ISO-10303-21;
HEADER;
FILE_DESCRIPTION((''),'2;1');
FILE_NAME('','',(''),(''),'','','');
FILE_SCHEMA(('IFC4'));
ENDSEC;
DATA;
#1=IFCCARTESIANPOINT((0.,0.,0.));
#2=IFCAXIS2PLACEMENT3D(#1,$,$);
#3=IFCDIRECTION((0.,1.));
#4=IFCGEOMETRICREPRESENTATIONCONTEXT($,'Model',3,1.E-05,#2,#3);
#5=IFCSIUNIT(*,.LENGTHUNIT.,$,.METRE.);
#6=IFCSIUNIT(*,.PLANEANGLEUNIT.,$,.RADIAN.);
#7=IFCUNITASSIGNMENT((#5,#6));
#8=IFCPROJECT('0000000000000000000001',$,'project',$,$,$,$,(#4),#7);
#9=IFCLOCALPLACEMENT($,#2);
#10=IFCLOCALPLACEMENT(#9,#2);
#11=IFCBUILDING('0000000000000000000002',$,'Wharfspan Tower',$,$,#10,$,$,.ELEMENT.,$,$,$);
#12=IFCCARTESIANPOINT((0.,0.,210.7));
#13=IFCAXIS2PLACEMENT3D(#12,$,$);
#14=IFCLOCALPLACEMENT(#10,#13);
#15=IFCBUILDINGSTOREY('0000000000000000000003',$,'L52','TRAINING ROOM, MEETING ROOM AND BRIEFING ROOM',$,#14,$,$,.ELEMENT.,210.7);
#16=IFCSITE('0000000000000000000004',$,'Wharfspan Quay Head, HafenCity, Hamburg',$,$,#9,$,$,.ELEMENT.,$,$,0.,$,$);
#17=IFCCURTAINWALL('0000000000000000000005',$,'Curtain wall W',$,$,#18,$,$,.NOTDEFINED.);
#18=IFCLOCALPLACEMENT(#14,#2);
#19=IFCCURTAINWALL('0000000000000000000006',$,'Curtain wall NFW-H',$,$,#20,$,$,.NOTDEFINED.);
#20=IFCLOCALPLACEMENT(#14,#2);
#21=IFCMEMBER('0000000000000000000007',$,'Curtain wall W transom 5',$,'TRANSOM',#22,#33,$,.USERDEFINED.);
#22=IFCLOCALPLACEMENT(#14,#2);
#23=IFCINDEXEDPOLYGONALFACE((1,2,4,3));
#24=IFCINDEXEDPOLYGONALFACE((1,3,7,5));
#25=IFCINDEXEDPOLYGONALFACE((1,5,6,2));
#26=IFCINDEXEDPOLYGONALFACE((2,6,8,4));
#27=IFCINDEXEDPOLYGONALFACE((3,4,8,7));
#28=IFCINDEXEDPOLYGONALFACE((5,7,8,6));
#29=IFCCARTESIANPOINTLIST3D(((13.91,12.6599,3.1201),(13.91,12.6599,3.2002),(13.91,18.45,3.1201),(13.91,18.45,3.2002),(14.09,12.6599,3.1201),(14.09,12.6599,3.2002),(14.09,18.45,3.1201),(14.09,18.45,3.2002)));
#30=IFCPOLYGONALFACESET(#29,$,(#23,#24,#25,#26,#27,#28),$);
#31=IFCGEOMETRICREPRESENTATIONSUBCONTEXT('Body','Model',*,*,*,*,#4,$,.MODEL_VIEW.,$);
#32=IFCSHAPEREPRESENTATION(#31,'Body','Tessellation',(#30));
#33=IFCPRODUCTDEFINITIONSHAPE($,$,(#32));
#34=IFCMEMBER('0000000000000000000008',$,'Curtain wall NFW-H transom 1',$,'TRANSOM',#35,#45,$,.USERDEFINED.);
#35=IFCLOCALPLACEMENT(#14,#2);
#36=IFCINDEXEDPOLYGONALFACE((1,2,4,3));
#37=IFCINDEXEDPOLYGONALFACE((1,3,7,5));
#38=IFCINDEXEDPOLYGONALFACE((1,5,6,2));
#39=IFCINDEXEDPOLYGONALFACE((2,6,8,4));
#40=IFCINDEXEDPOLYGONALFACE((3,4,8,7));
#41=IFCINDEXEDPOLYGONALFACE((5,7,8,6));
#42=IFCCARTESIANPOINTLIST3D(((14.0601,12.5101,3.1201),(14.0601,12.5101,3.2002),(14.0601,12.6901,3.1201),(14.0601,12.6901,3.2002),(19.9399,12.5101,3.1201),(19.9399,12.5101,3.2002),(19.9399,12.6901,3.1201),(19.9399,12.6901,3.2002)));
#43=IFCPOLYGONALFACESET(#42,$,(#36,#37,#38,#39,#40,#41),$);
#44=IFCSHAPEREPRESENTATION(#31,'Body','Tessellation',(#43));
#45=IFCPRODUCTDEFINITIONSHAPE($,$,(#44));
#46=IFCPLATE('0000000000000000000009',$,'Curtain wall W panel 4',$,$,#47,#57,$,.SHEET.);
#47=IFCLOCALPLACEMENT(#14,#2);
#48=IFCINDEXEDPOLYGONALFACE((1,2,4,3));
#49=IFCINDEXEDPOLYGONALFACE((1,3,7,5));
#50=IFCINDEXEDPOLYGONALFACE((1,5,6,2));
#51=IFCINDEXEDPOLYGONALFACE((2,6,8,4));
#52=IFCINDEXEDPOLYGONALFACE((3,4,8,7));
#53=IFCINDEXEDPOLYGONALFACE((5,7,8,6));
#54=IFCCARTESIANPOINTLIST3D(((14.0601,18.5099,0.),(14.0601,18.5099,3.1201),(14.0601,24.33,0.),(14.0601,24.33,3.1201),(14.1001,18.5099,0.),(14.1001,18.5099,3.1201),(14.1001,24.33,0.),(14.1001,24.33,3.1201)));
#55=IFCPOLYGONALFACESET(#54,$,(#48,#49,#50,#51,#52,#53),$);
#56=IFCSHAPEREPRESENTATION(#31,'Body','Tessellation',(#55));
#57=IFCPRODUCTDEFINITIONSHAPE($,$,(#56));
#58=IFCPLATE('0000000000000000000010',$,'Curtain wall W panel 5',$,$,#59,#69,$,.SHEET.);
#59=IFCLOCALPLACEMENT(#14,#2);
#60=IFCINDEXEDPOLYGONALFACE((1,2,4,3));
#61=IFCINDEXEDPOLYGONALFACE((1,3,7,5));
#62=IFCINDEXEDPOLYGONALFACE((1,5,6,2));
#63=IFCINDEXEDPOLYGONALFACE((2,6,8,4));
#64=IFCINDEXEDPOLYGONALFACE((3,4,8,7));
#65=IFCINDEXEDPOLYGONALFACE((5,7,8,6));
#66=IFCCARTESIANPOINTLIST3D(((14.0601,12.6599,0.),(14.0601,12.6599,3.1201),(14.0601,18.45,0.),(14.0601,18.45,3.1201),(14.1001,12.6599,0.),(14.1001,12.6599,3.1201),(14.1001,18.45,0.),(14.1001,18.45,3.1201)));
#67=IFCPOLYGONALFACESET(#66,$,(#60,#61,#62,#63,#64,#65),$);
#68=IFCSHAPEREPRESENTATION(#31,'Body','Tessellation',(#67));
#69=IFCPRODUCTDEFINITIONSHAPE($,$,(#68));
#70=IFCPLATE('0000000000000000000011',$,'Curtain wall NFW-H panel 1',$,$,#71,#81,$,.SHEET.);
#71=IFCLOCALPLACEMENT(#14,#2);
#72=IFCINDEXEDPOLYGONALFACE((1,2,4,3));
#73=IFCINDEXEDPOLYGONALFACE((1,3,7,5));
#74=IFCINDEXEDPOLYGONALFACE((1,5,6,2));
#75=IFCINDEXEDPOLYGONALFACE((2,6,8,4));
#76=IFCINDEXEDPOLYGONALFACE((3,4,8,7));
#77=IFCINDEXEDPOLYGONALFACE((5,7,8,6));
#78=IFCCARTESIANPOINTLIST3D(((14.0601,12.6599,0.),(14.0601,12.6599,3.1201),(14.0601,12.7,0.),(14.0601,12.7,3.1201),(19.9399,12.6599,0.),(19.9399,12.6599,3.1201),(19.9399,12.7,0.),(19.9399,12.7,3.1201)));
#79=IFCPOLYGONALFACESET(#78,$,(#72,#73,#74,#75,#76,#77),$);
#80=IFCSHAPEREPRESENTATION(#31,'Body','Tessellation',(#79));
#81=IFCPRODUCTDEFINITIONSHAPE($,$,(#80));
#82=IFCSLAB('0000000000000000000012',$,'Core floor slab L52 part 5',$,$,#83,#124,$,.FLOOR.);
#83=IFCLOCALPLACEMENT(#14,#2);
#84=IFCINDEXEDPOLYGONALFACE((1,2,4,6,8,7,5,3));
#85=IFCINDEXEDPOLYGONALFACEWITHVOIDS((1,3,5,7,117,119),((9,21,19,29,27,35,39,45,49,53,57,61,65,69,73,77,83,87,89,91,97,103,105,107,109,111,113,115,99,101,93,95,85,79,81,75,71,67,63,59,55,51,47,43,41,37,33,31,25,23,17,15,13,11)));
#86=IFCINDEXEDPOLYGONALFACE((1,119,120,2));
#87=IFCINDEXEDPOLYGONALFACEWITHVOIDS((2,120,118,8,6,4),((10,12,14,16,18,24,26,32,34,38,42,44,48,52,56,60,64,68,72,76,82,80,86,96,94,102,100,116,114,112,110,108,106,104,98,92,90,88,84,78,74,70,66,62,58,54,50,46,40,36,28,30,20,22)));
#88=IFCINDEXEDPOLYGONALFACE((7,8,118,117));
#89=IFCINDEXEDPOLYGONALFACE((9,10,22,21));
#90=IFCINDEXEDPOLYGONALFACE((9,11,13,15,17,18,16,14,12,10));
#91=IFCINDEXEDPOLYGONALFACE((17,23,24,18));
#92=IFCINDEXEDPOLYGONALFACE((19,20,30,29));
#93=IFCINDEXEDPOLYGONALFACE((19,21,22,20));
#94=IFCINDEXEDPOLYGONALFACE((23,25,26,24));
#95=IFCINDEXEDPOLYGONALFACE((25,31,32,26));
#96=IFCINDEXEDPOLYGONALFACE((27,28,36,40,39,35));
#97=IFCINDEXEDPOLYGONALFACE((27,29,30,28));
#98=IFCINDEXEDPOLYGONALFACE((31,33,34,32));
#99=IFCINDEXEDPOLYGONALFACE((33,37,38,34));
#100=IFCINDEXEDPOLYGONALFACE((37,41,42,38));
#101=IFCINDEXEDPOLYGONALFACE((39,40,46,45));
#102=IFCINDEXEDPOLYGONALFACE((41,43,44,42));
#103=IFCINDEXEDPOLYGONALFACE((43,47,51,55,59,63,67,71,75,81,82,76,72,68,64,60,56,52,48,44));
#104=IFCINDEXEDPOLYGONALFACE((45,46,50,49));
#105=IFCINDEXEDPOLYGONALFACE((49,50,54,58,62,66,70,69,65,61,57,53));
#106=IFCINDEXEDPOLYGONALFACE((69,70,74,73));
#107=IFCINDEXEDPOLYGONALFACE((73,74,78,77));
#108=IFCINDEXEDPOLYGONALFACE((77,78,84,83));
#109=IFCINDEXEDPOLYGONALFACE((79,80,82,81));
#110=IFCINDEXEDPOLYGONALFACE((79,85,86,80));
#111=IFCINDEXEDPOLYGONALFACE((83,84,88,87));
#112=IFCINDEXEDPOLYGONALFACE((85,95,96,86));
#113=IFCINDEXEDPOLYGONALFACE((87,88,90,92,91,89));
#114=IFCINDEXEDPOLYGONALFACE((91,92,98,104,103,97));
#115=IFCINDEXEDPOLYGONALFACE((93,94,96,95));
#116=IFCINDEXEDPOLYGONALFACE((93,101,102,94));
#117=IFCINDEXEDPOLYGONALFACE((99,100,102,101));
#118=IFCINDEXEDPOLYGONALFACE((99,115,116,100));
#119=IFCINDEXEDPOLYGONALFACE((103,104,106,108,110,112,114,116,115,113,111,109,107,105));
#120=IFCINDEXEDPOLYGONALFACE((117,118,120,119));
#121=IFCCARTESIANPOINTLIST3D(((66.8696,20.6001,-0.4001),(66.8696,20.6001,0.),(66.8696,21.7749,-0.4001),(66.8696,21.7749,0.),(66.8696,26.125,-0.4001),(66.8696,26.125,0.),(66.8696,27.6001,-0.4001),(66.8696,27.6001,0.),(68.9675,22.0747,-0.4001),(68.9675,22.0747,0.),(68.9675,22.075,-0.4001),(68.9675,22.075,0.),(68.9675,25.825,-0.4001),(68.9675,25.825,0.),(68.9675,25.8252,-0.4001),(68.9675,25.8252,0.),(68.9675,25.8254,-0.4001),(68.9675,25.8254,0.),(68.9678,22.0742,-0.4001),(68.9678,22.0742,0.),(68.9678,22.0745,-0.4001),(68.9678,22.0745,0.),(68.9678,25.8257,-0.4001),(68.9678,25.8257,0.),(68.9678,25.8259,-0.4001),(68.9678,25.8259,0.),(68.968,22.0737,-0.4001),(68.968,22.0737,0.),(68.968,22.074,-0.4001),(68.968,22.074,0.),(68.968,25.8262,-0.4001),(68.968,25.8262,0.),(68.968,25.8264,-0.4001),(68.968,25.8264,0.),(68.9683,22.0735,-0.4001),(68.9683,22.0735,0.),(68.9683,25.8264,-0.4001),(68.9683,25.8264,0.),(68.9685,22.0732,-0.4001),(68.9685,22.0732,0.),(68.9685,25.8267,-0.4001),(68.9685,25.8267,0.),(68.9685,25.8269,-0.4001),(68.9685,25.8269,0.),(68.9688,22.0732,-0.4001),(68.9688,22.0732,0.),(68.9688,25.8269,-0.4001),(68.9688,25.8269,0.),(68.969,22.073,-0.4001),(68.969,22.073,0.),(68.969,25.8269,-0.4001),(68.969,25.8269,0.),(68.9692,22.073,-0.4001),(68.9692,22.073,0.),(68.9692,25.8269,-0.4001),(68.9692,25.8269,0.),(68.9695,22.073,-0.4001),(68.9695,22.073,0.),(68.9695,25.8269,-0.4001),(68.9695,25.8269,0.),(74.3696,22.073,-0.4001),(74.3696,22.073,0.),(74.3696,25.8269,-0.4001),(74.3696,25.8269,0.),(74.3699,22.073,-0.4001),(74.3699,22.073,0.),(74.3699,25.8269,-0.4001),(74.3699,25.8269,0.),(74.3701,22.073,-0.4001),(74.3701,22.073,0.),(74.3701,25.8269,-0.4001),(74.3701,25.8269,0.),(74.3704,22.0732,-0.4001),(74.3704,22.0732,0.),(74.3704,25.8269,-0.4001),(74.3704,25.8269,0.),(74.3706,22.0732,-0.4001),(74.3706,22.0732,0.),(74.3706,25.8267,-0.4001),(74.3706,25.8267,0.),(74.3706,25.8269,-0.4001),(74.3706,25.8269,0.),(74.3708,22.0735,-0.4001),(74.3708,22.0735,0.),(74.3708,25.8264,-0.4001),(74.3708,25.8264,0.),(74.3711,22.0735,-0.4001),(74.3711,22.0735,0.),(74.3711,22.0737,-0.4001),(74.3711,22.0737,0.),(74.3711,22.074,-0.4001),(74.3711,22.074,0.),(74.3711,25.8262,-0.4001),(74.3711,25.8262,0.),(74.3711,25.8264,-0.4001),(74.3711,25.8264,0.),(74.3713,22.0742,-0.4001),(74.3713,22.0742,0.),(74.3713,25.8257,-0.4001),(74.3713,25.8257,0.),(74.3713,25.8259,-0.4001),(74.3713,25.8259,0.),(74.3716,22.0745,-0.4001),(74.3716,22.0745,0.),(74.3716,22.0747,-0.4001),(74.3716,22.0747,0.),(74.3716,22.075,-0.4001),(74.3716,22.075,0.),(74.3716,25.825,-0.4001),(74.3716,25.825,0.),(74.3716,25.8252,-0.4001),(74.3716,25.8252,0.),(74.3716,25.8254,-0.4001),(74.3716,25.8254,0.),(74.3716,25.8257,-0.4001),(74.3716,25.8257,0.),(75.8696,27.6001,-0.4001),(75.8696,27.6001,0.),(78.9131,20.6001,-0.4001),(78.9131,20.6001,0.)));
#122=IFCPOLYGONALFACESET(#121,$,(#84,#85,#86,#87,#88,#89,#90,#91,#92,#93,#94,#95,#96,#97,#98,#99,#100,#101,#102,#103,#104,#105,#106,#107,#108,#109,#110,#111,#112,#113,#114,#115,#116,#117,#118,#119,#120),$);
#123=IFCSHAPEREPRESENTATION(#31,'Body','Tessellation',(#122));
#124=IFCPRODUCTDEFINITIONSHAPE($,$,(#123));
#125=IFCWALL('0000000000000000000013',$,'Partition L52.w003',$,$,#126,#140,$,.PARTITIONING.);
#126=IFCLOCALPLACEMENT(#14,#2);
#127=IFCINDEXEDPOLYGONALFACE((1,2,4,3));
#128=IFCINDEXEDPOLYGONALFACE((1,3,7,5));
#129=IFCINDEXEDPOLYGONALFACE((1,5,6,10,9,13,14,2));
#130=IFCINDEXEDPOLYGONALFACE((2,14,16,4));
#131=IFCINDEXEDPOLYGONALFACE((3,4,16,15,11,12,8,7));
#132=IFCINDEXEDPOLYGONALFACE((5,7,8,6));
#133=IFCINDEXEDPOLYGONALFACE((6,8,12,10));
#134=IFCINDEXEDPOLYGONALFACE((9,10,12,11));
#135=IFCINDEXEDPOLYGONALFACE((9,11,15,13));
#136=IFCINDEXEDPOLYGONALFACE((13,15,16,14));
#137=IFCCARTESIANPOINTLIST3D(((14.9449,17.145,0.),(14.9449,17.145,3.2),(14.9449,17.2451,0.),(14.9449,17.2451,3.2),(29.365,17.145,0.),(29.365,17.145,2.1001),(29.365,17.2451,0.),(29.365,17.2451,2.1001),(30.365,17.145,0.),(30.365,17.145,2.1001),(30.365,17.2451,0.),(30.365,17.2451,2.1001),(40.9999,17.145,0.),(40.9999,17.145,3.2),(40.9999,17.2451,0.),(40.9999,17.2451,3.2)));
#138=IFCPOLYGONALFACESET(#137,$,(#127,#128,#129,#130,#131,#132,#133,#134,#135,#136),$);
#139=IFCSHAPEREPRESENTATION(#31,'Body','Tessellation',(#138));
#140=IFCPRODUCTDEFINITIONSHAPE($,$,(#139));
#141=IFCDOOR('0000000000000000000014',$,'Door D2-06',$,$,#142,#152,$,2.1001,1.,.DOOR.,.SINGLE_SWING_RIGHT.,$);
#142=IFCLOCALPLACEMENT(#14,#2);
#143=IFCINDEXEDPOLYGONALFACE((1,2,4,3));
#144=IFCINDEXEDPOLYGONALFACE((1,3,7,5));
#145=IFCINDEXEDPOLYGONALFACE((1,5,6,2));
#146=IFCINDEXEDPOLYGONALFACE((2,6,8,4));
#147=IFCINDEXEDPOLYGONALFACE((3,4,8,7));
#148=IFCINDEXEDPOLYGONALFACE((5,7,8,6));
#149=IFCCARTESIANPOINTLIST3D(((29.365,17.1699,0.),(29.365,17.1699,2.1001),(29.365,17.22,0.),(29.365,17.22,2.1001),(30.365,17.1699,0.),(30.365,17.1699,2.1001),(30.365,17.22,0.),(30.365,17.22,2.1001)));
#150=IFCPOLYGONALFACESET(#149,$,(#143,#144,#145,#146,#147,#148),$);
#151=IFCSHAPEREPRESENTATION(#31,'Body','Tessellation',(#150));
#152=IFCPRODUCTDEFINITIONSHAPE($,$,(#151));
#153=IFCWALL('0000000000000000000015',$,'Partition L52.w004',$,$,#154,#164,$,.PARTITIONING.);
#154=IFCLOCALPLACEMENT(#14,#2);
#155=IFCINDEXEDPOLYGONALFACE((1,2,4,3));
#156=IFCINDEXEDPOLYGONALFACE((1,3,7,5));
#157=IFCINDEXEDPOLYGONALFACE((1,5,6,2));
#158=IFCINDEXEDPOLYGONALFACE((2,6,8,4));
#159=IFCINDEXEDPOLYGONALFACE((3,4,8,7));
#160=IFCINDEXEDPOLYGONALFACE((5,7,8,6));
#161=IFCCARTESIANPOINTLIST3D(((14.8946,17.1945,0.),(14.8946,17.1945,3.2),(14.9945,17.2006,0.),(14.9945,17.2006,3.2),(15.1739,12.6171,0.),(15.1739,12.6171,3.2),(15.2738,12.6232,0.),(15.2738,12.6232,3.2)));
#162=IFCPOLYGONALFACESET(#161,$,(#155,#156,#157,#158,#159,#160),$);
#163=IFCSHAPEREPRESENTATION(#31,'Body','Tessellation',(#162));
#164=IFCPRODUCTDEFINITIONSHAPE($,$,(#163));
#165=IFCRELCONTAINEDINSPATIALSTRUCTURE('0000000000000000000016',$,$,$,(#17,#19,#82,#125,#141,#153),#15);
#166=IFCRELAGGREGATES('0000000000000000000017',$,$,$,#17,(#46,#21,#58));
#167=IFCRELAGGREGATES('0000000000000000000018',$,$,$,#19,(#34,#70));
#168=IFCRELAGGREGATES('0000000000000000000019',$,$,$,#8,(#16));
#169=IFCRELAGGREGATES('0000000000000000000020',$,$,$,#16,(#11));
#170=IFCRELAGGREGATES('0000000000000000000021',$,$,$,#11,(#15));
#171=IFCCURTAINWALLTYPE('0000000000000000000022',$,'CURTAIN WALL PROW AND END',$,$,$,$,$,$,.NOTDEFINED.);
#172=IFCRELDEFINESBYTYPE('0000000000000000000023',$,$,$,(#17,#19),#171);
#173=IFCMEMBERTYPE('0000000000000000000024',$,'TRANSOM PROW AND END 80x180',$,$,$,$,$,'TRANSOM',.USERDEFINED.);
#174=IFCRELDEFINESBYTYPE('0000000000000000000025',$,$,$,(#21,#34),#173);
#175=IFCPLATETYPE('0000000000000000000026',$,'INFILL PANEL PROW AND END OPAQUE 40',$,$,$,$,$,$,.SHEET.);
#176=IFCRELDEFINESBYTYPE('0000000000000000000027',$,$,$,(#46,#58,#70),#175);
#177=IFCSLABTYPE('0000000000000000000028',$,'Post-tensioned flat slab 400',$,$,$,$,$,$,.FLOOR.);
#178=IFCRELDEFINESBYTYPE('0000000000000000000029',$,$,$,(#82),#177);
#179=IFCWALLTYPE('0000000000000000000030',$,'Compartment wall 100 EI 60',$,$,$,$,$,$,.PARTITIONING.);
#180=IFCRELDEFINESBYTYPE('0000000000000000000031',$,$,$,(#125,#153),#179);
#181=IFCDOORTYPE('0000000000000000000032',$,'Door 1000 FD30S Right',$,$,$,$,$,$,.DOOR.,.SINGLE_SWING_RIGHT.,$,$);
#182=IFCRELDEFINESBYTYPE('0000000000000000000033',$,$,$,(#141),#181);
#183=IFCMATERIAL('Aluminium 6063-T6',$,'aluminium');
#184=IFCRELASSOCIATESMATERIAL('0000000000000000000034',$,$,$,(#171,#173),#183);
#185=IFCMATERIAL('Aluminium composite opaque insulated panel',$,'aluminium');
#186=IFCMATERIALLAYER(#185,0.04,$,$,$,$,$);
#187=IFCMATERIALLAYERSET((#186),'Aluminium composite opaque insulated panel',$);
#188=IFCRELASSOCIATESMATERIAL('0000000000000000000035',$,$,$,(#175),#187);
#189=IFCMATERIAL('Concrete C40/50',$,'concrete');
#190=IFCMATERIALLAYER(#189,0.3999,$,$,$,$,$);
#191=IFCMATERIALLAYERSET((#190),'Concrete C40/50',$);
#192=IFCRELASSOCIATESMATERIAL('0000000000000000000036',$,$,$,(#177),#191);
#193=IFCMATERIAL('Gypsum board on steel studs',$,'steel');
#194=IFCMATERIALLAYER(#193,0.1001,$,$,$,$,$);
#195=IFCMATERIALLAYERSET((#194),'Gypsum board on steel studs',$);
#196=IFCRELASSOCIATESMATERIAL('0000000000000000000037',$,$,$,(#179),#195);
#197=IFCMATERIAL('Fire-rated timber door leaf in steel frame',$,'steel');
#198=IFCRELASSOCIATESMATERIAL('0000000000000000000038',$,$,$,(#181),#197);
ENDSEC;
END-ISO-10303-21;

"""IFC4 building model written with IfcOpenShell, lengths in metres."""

from ifc_helpers import new_model, si_unit, direction, frame, frame_2d, origin, origin_2d, place, context, subcontext, project, spatial, polyline, rectangle, outline, extrude, material, layer, layer_set, material_profile, profile_set, type_object, element, fill, aggregate, save


model = new_model("IFC4")

# Units and contexts
model_context = context("Model", 3, precision=1e-05, world=origin(), true_north=direction((0.0, 1.0)))
body_context = subcontext(model_context, "Body", "Model", "MODEL_VIEW")
ifc_project = project(units=[si_unit("LENGTHUNIT", "METRE"), si_unit("PLANEANGLEUNIT", "RADIAN")], contexts=[model_context])

# Site, building, storey
site_placement = place(None, origin())
site = spatial("IfcSite", under=ifc_project, at=site_placement, Name="Wharfspan Quay Head, HafenCity, Hamburg", CompositionType="ELEMENT", RefElevation=0.0)
building_placement = place(site_placement, origin())
building = spatial("IfcBuilding", under=site, at=building_placement, Name="Wharfspan Tower", CompositionType="ELEMENT")
storey_placement = place(building_placement, frame((0.0, 0.0, 210.7)))
storey = spatial("IfcBuildingStorey", under=building, at=storey_placement, Name="L52", Description="TRAINING ROOM, MEETING ROOM AND BRIEFING ROOM", CompositionType="ELEMENT", Elevation=210.7)

# Curtain walls
ifc_material_1 = material(Name="Aluminium 6063-T6", Category="aluminium")
curtain_wall_type = type_object("IfcCurtainWallType", Name="CURTAIN WALL PROW AND END", PredefinedType="NOTDEFINED", material=ifc_material_1)
curtain_wall_1_placement = place(storey_placement, origin())
curtain_wall_1 = element("IfcCurtainWall", 1, at=curtain_wall_1_placement, inside=storey, type_object=curtain_wall_type, Name="Curtain wall W", PredefinedType="NOTDEFINED")
curtain_wall_2_placement = place(storey_placement, origin())
curtain_wall_2 = element("IfcCurtainWall", 2, at=curtain_wall_2_placement, inside=storey, type_object=curtain_wall_type, Name="Curtain wall NFW-H", PredefinedType="NOTDEFINED")

# Members
ifc_material_profile_1 = material_profile(ifc_material_1, rectangle(XDim=0.1799, YDim=0.0801, at=origin_2d()))
ifc_profile_set_1 = profile_set([ifc_material_profile_1], Name="Aluminium 6063-T6")
member_type_1 = type_object("IfcMemberType", Name="TRANSOM PROW AND END 80x180", ElementType="TRANSOM", PredefinedType="USERDEFINED", material=ifc_profile_set_1)
member_1_placement = place(storey_placement, frame((14.0, 18.45, 3.1602), z_axis=(0.0, -1.0, 0.0), x_axis=(1.0, 0.0, 0.0)))
member_1 = element("IfcMember", 3, at=member_1_placement, type_object=member_type_1, Name="Curtain wall W transom 5", ObjectType="TRANSOM", PredefinedType="USERDEFINED", context=body_context, shape_type="SweptSolid", body=[
    extrude(rectangle(XDim=0.1799, YDim=0.0801, at=origin_2d()), origin(), (0.0, 0.0, 1.0), 5.79),
])
member_2_placement = place(storey_placement, frame((14.0601, 12.6001, 3.1602), z_axis=(1.0, 0.0, 0.0), x_axis=(0.0, 1.0, 0.0)))
member_2 = element("IfcMember", 4, at=member_2_placement, type_object=member_type_1, Name="Curtain wall NFW-H transom 1", ObjectType="TRANSOM", PredefinedType="USERDEFINED", context=body_context, shape_type="SweptSolid", body=[
    extrude(rectangle(XDim=0.1799, YDim=0.0801, at=origin_2d()), origin(), (0.0, 0.0, 1.0), 5.8799),
])

# Plates
ifc_material_2 = material(Name="Aluminium composite opaque insulated panel", Category="aluminium")
ifc_layer_1 = layer(ifc_material_2, 0.04)
ifc_layer_set_1 = layer_set([ifc_layer_1], Name="Aluminium composite opaque insulated panel")
plate_type = type_object("IfcPlateType", Name="INFILL PANEL PROW AND END OPAQUE 40", PredefinedType="SHEET", material=ifc_layer_set_1)
plate_1_placement = place(storey_placement, frame((14.0801, 21.4199, 0.0), z_axis=(0.0, 0.0, 1.0), x_axis=(0.0, -1.0, 0.0)))
plate_1 = element("IfcPlate", 5, at=plate_1_placement, type_object=plate_type, Name="Curtain wall W panel 4", PredefinedType="SHEET", context=body_context, shape_type="SweptSolid", body=[
    extrude(rectangle(XDim=5.8201, YDim=0.04, at=origin_2d()), origin(), (0.0, 0.0, 1.0), 3.1201),
])
plate_2_placement = place(storey_placement, frame((14.0801, 15.5549, 0.0), z_axis=(0.0, 0.0, 1.0), x_axis=(0.0, -1.0, 0.0)))
plate_2 = element("IfcPlate", 6, at=plate_2_placement, type_object=plate_type, Name="Curtain wall W panel 5", PredefinedType="SHEET", context=body_context, shape_type="SweptSolid", body=[
    extrude(rectangle(XDim=5.79, YDim=0.04, at=origin_2d()), origin(), (0.0, 0.0, 1.0), 3.1201),
])
aggregate(curtain_wall_1, [plate_1, member_1, plate_2])
plate_3_placement = place(storey_placement, frame((17.0, 12.6799, 0.0), z_axis=(0.0, 0.0, 1.0), x_axis=(1.0, 0.0, 0.0)))
plate_3 = element("IfcPlate", 7, at=plate_3_placement, type_object=plate_type, Name="Curtain wall NFW-H panel 1", PredefinedType="SHEET", context=body_context, shape_type="SweptSolid", body=[
    extrude(rectangle(XDim=5.8799, YDim=0.04, at=origin_2d()), origin(), (0.0, 0.0, 1.0), 3.1201),
])
aggregate(curtain_wall_2, [member_2, plate_3])

# Slab
ifc_material_3 = material(Name="Concrete C40/50", Category="concrete")
ifc_layer_2 = layer(ifc_material_3, 0.3999)
ifc_layer_set_2 = layer_set([ifc_layer_2], Name="Concrete C40/50")
slab_type = type_object("IfcSlabType", Name="Post-tensioned flat slab 400", PredefinedType="FLOOR", material=ifc_layer_set_2)
slab_placement = place(storey_placement, frame((0.0, 0.0, -0.4001)))
element("IfcSlab", 8, at=slab_placement, inside=storey, type_object=slab_type, Name="Core floor slab L52 part 5", PredefinedType="FLOOR", context=body_context, shape_type="SweptSolid", body=[
    extrude(outline(polyline([(75.8696, 27.6001), (66.8696, 27.6001), (66.8696, 26.125), (66.8696, 21.7749), (66.8696, 20.6001), (78.9131, 20.6001), (75.8696, 27.6001)]), holes=[polyline([(68.9675, 25.825), (68.9675, 25.8252), (68.9675, 25.8254), (68.9678, 25.8257), (68.9678, 25.8257), (68.9678, 25.8259), (68.968, 25.8262), (68.968, 25.8264), (68.9683, 25.8264), (68.9683, 25.8264), (68.9685, 25.8267), (68.9685, 25.8269), (68.9688, 25.8269), (68.969, 25.8269), (68.9692, 25.8269), (68.9695, 25.8269), (68.9695, 25.8269), (74.3696, 25.8269), (74.3699, 25.8269), (74.3701, 25.8269), (74.3701, 25.8269), (74.3704, 25.8269), (74.3706, 25.8269), (74.3706, 25.8267), (74.3709, 25.8264), (74.3711, 25.8264), (74.3711, 25.8264), (74.3711, 25.8262), (74.3713, 25.8259), (74.3713, 25.8257), (74.3716, 25.8257), (74.3716, 25.8254), (74.3716, 25.8252), (74.3716, 25.825), (74.3716, 22.075), (74.3716, 22.0747), (74.3716, 22.0747), (74.3716, 22.0745), (74.3713, 22.0742), (74.3713, 22.0742), (74.3711, 22.074), (74.3711, 22.0737), (74.3711, 22.0735), (74.3709, 22.0735), (74.3706, 22.0732), (74.3706, 22.0732), (74.3704, 22.0732), (74.3701, 22.073), (74.3701, 22.073), (74.3699, 22.073), (74.3696, 22.073), (68.9695, 22.073), (68.9695, 22.073), (68.9692, 22.073), (68.969, 22.073), (68.9688, 22.0732), (68.9685, 22.0732), (68.9685, 22.0732), (68.9683, 22.0735), (68.9683, 22.0735), (68.968, 22.0737), (68.968, 22.074), (68.9678, 22.0742), (68.9678, 22.0742), (68.9678, 22.0745), (68.9675, 22.0747), (68.9675, 22.0747), (68.9675, 22.075), (68.9675, 25.825)])]), origin(), (0.0, 0.0, 1.0), 0.4001),
])

# Wall, opening, door
ifc_material_4 = material(Name="Gypsum board on steel studs", Category="steel")
ifc_layer_3 = layer(ifc_material_4, 0.1001)
ifc_layer_set_3 = layer_set([ifc_layer_3], Name="Gypsum board on steel studs")
wall_type_1 = type_object("IfcWallType", Name="Compartment wall 100 EI 60", PredefinedType="PARTITIONING", material=ifc_layer_set_3)
wall_1_placement = place(storey_placement, frame((14.9451, 17.1951, 0.0), z_axis=(0.0, 0.0, 1.0), x_axis=(1.0, 0.0, 0.0)))
wall_1 = element("IfcWall", 9, at=wall_1_placement, inside=storey, type_object=wall_type_1, Name="Partition L52.w003", PredefinedType="PARTITIONING", context=body_context, shape_type="SweptSolid", body=[
    extrude(rectangle(XDim=26.0549, YDim=0.1001, at=frame_2d((13.0273, 0.0))), origin(), (0.0, 0.0, 1.0), 3.2),
])
opening_placement = place(wall_1_placement, frame((14.4199, 0.0, 0.0)))
opening = element("IfcOpeningElement", 10, at=opening_placement, cuts=wall_1, PredefinedType="OPENING", context=body_context, shape_type="SweptSolid", body=[
    extrude(rectangle(XDim=1.0, YDim=2.1001, at=frame_2d((0.5, 1.05))), frame((0.0, 0.0601, 0.0), z_axis=(0.0, -1.0, 0.0), x_axis=(1.0, 0.0, 0.0)), (0.0, 0.0, 1.0), 0.1201),
])
ifc_material_5 = material(Name="Fire-rated timber door leaf in steel frame", Category="steel")
door_type = type_object("IfcDoorType", Name="Door 1000 FD30S Right", OperationType="SINGLE_SWING_RIGHT", PredefinedType="DOOR", material=ifc_material_5)
door_placement = place(opening_placement, origin())
door = element("IfcDoor", 11, at=door_placement, inside=storey, type_object=door_type, Name="Door D2-06", OperationType="SINGLE_SWING_RIGHT", OverallHeight=2.1001, OverallWidth=1.0, PredefinedType="DOOR", context=body_context, shape_type="SweptSolid", body=[
    extrude(rectangle(XDim=1.0, YDim=2.1001, at=frame_2d((0.5, 1.05))), frame((0.0, 0.0249, 0.0), z_axis=(0.0, -1.0, 0.0), x_axis=(1.0, 0.0, 0.0)), (0.0, 0.0, 1.0), 0.05),
])
fill(opening, door)

# Wall
wall_2_placement = place(storey_placement, frame((15.2239, 12.6201, 0.0), z_axis=(0.0, 0.0, 1.0), x_axis=(-0.060903, 0.99814, 0.0)))
element("IfcWall", 12, at=wall_2_placement, inside=storey, type_object=wall_type_1, Name="Partition L52.w004", PredefinedType="PARTITIONING", context=body_context, shape_type="SweptSolid", body=[
    extrude(rectangle(XDim=4.5859, YDim=0.1001, at=frame_2d((2.293, 0.0))), origin(), (0.0, 0.0, 1.0), 3.2),
])

save(model, "model.ifc")
